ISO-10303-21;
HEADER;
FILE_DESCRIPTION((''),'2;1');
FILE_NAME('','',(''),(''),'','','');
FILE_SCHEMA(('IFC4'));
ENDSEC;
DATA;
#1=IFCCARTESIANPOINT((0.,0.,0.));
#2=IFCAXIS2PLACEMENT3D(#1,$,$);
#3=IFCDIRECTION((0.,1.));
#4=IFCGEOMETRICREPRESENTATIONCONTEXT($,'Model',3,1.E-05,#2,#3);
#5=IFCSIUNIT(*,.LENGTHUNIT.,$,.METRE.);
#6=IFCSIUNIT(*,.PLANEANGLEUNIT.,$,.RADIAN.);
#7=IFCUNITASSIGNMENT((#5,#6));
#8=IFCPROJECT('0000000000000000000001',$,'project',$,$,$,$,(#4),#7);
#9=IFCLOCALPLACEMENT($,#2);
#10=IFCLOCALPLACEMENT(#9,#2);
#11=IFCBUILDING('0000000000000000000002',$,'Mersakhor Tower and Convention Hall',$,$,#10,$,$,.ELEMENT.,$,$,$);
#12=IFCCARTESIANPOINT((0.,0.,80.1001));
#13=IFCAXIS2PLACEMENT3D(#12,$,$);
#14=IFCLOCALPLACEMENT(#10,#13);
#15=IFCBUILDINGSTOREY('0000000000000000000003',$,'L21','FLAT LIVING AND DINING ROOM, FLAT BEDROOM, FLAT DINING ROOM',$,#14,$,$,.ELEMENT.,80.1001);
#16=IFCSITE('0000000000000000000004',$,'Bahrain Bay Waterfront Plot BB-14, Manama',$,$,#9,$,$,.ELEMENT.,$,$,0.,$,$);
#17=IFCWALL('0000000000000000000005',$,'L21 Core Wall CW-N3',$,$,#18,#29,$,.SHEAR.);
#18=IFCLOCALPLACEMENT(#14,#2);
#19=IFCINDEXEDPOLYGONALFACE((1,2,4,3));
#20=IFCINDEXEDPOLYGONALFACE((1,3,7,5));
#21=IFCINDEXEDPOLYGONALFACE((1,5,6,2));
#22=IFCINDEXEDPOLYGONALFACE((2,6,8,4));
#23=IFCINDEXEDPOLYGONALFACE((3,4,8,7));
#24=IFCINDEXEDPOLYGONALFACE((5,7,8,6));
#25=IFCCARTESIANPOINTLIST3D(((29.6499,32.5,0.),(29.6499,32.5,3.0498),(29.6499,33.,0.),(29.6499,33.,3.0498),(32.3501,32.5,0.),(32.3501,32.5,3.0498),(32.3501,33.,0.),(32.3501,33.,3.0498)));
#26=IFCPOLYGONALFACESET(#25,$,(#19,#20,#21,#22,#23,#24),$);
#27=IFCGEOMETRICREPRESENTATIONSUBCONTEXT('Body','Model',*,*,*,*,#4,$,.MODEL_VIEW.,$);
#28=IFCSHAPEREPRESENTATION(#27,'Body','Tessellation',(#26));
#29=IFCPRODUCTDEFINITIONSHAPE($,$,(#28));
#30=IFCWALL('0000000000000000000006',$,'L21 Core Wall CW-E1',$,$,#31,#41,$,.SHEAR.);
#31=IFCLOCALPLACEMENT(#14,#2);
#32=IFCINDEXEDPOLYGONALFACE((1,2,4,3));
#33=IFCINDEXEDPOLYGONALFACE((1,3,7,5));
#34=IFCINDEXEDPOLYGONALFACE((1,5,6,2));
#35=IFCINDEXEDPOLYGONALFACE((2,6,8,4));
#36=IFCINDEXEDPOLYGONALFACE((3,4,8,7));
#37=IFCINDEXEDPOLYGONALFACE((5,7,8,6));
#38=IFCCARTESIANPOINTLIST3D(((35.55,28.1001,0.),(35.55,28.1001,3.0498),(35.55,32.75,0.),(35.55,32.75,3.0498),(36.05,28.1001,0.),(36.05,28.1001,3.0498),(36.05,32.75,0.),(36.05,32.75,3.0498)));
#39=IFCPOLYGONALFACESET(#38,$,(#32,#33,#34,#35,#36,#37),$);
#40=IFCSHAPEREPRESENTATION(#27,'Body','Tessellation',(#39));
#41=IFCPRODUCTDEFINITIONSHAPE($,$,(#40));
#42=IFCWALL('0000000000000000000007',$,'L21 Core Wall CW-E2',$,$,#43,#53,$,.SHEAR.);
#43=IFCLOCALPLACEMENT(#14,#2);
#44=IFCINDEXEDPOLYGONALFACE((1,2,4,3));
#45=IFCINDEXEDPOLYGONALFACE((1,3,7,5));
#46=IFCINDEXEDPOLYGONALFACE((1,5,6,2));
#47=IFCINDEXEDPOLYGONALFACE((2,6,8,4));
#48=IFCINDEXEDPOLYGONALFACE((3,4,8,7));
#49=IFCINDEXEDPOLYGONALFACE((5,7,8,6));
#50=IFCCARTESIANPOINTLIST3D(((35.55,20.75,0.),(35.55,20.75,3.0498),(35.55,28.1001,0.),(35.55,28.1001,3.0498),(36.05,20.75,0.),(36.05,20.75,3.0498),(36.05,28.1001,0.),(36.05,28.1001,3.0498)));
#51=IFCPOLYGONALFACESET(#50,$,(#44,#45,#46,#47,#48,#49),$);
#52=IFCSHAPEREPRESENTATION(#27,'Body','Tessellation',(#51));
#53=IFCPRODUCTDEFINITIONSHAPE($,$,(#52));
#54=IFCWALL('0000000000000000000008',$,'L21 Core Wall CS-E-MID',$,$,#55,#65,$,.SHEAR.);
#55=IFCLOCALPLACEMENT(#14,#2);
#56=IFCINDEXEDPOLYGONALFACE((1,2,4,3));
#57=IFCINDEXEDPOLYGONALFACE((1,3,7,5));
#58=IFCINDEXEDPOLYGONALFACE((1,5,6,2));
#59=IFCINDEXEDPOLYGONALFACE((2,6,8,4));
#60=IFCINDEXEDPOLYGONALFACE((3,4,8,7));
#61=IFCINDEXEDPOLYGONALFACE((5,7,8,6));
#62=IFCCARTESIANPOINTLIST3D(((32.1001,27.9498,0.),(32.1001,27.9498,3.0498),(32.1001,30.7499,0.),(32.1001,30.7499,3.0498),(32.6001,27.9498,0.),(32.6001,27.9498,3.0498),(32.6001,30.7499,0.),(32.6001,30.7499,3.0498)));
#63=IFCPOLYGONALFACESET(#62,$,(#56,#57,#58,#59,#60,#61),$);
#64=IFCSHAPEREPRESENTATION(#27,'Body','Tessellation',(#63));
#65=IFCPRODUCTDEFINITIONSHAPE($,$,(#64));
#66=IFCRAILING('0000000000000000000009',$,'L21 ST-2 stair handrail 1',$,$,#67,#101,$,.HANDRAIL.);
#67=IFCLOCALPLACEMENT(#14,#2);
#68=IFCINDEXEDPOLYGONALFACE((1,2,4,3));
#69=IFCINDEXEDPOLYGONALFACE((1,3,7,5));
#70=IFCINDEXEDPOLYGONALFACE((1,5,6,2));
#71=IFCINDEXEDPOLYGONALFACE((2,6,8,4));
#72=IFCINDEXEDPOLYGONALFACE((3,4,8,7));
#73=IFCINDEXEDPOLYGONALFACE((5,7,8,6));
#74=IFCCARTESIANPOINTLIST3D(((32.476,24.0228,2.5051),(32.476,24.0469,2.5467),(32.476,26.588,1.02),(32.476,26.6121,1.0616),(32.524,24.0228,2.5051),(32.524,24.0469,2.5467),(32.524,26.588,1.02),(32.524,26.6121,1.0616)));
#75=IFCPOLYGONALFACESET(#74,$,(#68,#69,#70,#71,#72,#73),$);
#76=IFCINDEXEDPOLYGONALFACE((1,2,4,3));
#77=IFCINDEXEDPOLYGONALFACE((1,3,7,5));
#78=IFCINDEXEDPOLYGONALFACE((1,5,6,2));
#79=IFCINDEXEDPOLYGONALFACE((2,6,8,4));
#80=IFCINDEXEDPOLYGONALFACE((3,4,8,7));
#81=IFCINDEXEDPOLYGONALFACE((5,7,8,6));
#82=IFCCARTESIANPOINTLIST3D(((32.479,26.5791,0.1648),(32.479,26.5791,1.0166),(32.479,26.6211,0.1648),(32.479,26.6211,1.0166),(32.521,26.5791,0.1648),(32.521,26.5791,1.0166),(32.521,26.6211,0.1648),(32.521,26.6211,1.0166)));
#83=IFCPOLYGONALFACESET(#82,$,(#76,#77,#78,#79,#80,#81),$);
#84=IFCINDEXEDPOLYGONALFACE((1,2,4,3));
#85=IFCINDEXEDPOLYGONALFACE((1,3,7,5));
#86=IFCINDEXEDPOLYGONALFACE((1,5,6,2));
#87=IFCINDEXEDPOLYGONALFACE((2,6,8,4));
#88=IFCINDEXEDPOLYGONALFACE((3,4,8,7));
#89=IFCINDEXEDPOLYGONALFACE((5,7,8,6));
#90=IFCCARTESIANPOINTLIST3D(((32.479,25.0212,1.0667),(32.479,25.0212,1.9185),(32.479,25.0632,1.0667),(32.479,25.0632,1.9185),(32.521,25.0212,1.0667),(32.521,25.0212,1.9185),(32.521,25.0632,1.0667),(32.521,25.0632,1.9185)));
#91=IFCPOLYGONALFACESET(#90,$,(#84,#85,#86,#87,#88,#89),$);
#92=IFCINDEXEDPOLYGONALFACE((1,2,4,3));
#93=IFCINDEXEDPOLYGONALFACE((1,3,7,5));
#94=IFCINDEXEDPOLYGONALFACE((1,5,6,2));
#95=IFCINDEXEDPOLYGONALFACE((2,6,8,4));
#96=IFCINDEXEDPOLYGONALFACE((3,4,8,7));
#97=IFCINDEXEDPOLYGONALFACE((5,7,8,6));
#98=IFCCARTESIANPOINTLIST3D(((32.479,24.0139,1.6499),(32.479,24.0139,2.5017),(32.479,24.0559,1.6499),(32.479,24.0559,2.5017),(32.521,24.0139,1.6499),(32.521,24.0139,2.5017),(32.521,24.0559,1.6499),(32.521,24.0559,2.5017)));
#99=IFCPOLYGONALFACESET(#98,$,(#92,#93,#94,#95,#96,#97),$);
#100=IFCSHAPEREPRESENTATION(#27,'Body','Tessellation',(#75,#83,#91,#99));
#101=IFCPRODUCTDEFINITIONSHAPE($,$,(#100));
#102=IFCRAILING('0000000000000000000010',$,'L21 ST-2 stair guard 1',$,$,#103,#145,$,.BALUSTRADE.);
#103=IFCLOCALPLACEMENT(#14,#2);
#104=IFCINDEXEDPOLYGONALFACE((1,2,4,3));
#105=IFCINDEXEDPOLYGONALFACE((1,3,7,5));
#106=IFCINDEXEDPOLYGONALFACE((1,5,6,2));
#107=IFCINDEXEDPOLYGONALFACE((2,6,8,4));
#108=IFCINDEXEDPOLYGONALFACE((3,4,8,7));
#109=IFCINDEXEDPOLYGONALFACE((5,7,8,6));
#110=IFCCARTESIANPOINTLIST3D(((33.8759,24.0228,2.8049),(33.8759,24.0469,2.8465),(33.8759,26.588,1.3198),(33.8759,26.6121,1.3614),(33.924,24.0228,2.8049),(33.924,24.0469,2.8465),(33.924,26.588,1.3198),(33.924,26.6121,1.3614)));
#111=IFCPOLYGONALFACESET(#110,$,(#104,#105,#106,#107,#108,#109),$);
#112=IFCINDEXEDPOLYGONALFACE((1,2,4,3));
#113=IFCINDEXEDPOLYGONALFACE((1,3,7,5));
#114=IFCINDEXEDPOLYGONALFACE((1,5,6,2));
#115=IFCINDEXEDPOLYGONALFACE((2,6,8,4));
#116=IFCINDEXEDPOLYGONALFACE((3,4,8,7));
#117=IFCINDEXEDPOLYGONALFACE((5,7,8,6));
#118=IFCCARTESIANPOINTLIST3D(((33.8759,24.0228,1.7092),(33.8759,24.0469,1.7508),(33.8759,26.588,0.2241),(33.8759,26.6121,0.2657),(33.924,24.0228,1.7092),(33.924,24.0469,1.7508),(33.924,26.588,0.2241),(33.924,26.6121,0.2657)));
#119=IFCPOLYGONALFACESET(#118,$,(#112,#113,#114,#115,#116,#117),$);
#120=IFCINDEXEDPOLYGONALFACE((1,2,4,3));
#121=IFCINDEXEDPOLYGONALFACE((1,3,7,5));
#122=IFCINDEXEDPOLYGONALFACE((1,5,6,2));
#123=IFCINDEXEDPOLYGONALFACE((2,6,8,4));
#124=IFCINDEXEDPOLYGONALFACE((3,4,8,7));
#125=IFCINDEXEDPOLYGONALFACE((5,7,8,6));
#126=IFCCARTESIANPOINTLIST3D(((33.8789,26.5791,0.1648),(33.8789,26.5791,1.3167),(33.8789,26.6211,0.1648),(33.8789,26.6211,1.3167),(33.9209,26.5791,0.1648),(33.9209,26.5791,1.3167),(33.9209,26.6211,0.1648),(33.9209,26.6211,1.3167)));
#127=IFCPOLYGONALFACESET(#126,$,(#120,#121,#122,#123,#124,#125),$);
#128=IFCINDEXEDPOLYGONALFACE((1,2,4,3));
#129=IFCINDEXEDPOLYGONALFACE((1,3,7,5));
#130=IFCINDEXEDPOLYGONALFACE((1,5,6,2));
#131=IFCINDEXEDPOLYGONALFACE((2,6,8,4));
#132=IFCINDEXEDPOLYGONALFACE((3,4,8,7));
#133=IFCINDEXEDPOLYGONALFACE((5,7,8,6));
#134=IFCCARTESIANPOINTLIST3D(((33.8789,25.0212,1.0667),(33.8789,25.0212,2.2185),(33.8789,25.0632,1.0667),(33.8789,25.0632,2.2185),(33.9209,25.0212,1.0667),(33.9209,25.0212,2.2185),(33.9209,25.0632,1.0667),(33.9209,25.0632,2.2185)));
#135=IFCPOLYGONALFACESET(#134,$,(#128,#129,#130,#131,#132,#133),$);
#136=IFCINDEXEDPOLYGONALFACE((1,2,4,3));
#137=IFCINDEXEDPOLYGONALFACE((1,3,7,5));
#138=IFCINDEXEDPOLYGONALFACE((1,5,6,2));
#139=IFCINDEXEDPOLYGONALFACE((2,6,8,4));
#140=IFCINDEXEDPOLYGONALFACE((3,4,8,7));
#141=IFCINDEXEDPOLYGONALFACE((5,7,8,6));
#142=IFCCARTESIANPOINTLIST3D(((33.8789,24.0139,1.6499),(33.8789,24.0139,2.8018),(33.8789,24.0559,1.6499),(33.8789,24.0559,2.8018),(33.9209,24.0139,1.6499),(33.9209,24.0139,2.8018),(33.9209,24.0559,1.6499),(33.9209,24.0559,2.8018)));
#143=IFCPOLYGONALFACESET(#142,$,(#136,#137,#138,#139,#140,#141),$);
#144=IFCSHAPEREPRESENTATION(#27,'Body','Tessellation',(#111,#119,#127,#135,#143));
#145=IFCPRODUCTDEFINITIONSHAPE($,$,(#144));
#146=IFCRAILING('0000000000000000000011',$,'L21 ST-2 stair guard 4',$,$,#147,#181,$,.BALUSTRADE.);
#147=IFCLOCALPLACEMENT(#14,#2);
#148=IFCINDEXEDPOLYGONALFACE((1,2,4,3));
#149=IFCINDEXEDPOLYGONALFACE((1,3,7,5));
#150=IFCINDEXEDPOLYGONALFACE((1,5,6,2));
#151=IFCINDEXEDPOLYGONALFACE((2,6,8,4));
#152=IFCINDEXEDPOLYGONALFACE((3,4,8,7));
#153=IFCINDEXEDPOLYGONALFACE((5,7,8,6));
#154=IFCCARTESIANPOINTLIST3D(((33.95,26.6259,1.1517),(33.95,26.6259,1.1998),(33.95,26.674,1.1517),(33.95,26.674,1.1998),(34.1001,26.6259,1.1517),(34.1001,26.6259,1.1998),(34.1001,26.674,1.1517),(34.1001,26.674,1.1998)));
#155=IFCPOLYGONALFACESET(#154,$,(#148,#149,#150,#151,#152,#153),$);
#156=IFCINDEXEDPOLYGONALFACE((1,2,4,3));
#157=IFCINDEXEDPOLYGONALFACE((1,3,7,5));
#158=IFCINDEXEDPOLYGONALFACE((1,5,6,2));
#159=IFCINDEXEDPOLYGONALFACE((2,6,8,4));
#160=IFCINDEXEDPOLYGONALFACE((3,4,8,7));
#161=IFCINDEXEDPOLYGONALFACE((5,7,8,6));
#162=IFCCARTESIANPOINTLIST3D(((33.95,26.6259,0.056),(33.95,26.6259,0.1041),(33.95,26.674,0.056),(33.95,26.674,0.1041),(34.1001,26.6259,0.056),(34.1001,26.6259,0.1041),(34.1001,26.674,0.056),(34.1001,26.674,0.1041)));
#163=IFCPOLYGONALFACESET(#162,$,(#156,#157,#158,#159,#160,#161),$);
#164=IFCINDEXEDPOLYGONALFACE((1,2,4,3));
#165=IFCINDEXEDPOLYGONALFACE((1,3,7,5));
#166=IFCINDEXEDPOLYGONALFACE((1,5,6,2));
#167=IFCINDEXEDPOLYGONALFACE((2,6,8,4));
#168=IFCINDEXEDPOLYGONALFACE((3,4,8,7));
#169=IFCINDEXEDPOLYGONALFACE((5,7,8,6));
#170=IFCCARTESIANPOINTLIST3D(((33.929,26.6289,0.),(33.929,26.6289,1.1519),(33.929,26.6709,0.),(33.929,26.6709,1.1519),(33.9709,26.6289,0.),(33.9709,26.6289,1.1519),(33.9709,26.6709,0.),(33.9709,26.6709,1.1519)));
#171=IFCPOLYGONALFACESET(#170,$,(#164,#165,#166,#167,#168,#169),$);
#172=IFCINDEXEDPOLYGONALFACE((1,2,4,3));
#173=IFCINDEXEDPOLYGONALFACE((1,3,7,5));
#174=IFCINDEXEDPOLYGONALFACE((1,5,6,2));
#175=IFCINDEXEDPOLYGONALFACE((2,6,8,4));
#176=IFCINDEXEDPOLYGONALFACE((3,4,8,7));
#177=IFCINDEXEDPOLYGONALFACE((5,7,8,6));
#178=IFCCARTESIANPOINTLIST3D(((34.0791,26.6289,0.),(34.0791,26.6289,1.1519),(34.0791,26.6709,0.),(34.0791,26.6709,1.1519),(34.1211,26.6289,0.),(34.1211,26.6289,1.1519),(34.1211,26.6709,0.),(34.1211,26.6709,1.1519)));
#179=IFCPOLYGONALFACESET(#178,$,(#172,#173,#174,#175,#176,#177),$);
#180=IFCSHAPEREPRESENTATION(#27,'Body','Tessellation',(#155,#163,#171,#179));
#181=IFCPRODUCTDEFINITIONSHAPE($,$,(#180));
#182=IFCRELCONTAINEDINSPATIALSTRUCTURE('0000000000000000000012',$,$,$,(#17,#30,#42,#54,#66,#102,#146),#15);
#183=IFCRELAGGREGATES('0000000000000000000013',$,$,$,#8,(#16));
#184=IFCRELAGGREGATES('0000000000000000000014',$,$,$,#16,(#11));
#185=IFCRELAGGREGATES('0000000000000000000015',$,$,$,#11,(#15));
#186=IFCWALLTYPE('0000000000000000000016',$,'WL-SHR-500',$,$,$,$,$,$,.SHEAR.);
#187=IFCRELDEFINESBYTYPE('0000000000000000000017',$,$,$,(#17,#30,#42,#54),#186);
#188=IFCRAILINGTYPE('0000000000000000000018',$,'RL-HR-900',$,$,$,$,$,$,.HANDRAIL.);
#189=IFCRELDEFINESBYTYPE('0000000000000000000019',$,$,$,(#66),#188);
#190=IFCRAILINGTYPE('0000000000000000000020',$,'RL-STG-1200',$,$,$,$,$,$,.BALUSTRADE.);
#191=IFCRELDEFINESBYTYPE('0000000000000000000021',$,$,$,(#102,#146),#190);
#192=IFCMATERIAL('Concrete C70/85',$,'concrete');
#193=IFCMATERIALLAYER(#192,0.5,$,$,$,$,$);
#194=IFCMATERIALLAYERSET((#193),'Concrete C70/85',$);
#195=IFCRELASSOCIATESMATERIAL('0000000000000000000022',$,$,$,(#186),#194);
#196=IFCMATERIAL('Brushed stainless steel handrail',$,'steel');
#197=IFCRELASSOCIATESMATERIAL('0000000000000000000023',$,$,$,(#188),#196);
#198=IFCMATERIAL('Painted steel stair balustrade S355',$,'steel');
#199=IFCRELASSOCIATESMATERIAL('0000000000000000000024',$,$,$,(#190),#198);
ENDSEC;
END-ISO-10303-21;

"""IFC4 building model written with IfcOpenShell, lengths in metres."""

from ifc_helpers import new_model, si_unit, direction, frame, frame_2d, origin, origin_2d, place, context, subcontext, project, spatial, rectangle, extrude, material, layer, layer_set, type_object, element, save


model = new_model("IFC4")

# Units and contexts
model_context = context("Model", 3, precision=1e-05, world=origin(), true_north=direction((0.0, 1.0)))
body_context = subcontext(model_context, "Body", "Model", "MODEL_VIEW")
ifc_project = project(units=[si_unit("LENGTHUNIT", "METRE"), si_unit("PLANEANGLEUNIT", "RADIAN")], contexts=[model_context])

# Site, building, storey
site_placement = place(None, origin())
site = spatial("IfcSite", under=ifc_project, at=site_placement, Name="Bahrain Bay Waterfront Plot BB-14, Manama", CompositionType="ELEMENT", RefElevation=0.0)
building_placement = place(site_placement, origin())
building = spatial("IfcBuilding", under=site, at=building_placement, Name="Mersakhor Tower and Convention Hall", CompositionType="ELEMENT")
storey_placement = place(building_placement, frame((0.0, 0.0, 80.1001)))
storey = spatial("IfcBuildingStorey", under=building, at=storey_placement, Name="L21", Description="FLAT LIVING AND DINING ROOM, FLAT BEDROOM, FLAT DINING ROOM", CompositionType="ELEMENT", Elevation=80.1001)

# Wall
ifc_material_1 = material(Name="Concrete C70/85", Category="concrete")
ifc_layer_1 = layer(ifc_material_1, 0.5)
ifc_layer_set_1 = layer_set([ifc_layer_1], Name="Concrete C70/85")
wall_type_1 = type_object("IfcWallType", Name="WL-SHR-500", PredefinedType="SHEAR", material=ifc_layer_set_1)
wall_1_placement = place(storey_placement, frame((29.6499, 32.75, 0.0), z_axis=(0.0, 0.0, 1.0), x_axis=(1.0, 0.0, 0.0)))
element("IfcWall", 1, at=wall_1_placement, inside=storey, type_object=wall_type_1, Name="L21 Core Wall CW-N3", PredefinedType="SHEAR", context=body_context, shape_type="SweptSolid", body=[
    extrude(rectangle(XDim=2.7002, YDim=0.5, at=frame_2d((1.3501, 0.0))), origin(), (0.0, 0.0, 1.0), 3.0498),
])

# Walls
wall_2_placement = place(storey_placement, frame((35.8, 32.75, 0.0), z_axis=(0.0, 0.0, 1.0), x_axis=(0.0, -1.0, 0.0)))
element("IfcWall", 2, at=wall_2_placement, inside=storey, type_object=wall_type_1, Name="L21 Core Wall CW-E1", PredefinedType="SHEAR", context=body_context, shape_type="SweptSolid", body=[
    extrude(rectangle(XDim=4.6499, YDim=0.5, at=frame_2d((2.325, 0.0))), origin(), (0.0, 0.0, 1.0), 3.0498),
])
wall_3_placement = place(storey_placement, frame((35.8, 28.1001, 0.0), z_axis=(0.0, 0.0, 1.0), x_axis=(0.0, -1.0, 0.0)))
element("IfcWall", 3, at=wall_3_placement, inside=storey, type_object=wall_type_1, Name="L21 Core Wall CW-E2", PredefinedType="SHEAR", context=body_context, shape_type="SweptSolid", body=[
    extrude(rectangle(XDim=7.3501, YDim=0.5, at=frame_2d((3.675, 0.0))), origin(), (0.0, 0.0, 1.0), 3.0498),
])
wall_4_placement = place(storey_placement, frame((32.3501, 27.95, 0.0), z_axis=(0.0, 0.0, 1.0), x_axis=(0.0, 1.0, 0.0)))
element("IfcWall", 4, at=wall_4_placement, inside=storey, type_object=wall_type_1, Name="L21 Core Wall CS-E-MID", PredefinedType="SHEAR", context=body_context, shape_type="SweptSolid", body=[
    extrude(rectangle(XDim=2.8, YDim=0.5, at=frame_2d((1.3999, 0.0))), origin(), (0.0, 0.0, 1.0), 3.0498),
])

# Railings
ifc_material_2 = material(Name="Brushed stainless steel handrail", Category="steel")
railing_type_1 = type_object("IfcRailingType", Name="RL-HR-900", PredefinedType="HANDRAIL", material=ifc_material_2)
railing_1_placement = place(storey_placement, frame((32.5, 26.6001, 0.1648)))
element("IfcRailing", 5, at=railing_1_placement, inside=storey, type_object=railing_type_1, Name="L21 ST-2 stair handrail 1", PredefinedType="HANDRAIL", context=body_context, shape_type="SweptSolid", body=[
    extrude(rectangle(XDim=0.0481, YDim=0.0481, at=origin_2d()), frame((0.0, 0.0, 0.876), z_axis=(0.0, -0.865426, 0.501036), x_axis=(1.0, 0.0, 0.0)), (0.0, 0.0, 1.0), 2.9641),
    extrude(rectangle(XDim=0.042, YDim=0.042, at=origin_2d()), origin(), (0.0, 0.0, 1.0), 0.8518),
    extrude(rectangle(XDim=0.042, YDim=0.042, at=origin_2d()), frame((0.0, -1.5579, 0.9019)), (0.0, 0.0, 1.0), 0.8518),
    extrude(rectangle(XDim=0.042, YDim=0.042, at=origin_2d()), frame((0.0, -2.5652, 1.4851)), (0.0, 0.0, 1.0), 0.8518),
])
ifc_material_3 = material(Name="Painted steel stair balustrade S355", Category="steel")
railing_type_2 = type_object("IfcRailingType", Name="RL-STG-1200", PredefinedType="BALUSTRADE", material=ifc_material_3)
railing_2_placement = place(storey_placement, frame((33.8999, 26.6001, 0.1648)))
element("IfcRailing", 6, at=railing_2_placement, inside=storey, type_object=railing_type_2, Name="L21 ST-2 stair guard 1", PredefinedType="BALUSTRADE", context=body_context, shape_type="SweptSolid", body=[
    extrude(rectangle(XDim=0.0481, YDim=0.0481, at=origin_2d()), frame((0.0, 0.0, 1.1758), z_axis=(0.0, -0.865426, 0.501036), x_axis=(1.0, 0.0, 0.0)), (0.0, 0.0, 1.0), 2.9641),
    extrude(rectangle(XDim=0.0481, YDim=0.0481, at=origin_2d()), frame((0.0, 0.0, 0.0801), z_axis=(0.0, -0.865426, 0.501036), x_axis=(1.0, 0.0, 0.0)), (0.0, 0.0, 1.0), 2.9641),
    extrude(rectangle(XDim=0.042, YDim=0.042, at=origin_2d()), origin(), (0.0, 0.0, 1.0), 1.1519),
    extrude(rectangle(XDim=0.042, YDim=0.042, at=origin_2d()), frame((0.0, -1.5579, 0.9019)), (0.0, 0.0, 1.0), 1.1519),
    extrude(rectangle(XDim=0.042, YDim=0.042, at=origin_2d()), frame((0.0, -2.5652, 1.4851)), (0.0, 0.0, 1.0), 1.1519),
])
railing_3_placement = place(storey_placement, frame((33.95, 26.6499, 0.0)))
element("IfcRailing", 7, at=railing_3_placement, inside=storey, type_object=railing_type_2, Name="L21 ST-2 stair guard 4", PredefinedType="BALUSTRADE", context=body_context, shape_type="SweptSolid", body=[
    extrude(rectangle(XDim=0.0481, YDim=0.0481, at=origin_2d()), frame((0.0, 0.0, 1.1758), z_axis=(1.0, 0.0, 0.0), x_axis=(0.0, 1.0, 0.0)), (0.0, 0.0, 1.0), 0.1501),
    extrude(rectangle(XDim=0.0481, YDim=0.0481, at=origin_2d()), frame((0.0, 0.0, 0.0801), z_axis=(1.0, 0.0, 0.0), x_axis=(0.0, 1.0, 0.0)), (0.0, 0.0, 1.0), 0.1501),
    extrude(rectangle(XDim=0.042, YDim=0.042, at=origin_2d()), origin(), (0.0, 0.0, 1.0), 1.1519),
    extrude(rectangle(XDim=0.042, YDim=0.042, at=origin_2d()), frame((0.1501, 0.0, 0.0)), (0.0, 0.0, 1.0), 1.1519),
])

save(model, "model.ifc")
